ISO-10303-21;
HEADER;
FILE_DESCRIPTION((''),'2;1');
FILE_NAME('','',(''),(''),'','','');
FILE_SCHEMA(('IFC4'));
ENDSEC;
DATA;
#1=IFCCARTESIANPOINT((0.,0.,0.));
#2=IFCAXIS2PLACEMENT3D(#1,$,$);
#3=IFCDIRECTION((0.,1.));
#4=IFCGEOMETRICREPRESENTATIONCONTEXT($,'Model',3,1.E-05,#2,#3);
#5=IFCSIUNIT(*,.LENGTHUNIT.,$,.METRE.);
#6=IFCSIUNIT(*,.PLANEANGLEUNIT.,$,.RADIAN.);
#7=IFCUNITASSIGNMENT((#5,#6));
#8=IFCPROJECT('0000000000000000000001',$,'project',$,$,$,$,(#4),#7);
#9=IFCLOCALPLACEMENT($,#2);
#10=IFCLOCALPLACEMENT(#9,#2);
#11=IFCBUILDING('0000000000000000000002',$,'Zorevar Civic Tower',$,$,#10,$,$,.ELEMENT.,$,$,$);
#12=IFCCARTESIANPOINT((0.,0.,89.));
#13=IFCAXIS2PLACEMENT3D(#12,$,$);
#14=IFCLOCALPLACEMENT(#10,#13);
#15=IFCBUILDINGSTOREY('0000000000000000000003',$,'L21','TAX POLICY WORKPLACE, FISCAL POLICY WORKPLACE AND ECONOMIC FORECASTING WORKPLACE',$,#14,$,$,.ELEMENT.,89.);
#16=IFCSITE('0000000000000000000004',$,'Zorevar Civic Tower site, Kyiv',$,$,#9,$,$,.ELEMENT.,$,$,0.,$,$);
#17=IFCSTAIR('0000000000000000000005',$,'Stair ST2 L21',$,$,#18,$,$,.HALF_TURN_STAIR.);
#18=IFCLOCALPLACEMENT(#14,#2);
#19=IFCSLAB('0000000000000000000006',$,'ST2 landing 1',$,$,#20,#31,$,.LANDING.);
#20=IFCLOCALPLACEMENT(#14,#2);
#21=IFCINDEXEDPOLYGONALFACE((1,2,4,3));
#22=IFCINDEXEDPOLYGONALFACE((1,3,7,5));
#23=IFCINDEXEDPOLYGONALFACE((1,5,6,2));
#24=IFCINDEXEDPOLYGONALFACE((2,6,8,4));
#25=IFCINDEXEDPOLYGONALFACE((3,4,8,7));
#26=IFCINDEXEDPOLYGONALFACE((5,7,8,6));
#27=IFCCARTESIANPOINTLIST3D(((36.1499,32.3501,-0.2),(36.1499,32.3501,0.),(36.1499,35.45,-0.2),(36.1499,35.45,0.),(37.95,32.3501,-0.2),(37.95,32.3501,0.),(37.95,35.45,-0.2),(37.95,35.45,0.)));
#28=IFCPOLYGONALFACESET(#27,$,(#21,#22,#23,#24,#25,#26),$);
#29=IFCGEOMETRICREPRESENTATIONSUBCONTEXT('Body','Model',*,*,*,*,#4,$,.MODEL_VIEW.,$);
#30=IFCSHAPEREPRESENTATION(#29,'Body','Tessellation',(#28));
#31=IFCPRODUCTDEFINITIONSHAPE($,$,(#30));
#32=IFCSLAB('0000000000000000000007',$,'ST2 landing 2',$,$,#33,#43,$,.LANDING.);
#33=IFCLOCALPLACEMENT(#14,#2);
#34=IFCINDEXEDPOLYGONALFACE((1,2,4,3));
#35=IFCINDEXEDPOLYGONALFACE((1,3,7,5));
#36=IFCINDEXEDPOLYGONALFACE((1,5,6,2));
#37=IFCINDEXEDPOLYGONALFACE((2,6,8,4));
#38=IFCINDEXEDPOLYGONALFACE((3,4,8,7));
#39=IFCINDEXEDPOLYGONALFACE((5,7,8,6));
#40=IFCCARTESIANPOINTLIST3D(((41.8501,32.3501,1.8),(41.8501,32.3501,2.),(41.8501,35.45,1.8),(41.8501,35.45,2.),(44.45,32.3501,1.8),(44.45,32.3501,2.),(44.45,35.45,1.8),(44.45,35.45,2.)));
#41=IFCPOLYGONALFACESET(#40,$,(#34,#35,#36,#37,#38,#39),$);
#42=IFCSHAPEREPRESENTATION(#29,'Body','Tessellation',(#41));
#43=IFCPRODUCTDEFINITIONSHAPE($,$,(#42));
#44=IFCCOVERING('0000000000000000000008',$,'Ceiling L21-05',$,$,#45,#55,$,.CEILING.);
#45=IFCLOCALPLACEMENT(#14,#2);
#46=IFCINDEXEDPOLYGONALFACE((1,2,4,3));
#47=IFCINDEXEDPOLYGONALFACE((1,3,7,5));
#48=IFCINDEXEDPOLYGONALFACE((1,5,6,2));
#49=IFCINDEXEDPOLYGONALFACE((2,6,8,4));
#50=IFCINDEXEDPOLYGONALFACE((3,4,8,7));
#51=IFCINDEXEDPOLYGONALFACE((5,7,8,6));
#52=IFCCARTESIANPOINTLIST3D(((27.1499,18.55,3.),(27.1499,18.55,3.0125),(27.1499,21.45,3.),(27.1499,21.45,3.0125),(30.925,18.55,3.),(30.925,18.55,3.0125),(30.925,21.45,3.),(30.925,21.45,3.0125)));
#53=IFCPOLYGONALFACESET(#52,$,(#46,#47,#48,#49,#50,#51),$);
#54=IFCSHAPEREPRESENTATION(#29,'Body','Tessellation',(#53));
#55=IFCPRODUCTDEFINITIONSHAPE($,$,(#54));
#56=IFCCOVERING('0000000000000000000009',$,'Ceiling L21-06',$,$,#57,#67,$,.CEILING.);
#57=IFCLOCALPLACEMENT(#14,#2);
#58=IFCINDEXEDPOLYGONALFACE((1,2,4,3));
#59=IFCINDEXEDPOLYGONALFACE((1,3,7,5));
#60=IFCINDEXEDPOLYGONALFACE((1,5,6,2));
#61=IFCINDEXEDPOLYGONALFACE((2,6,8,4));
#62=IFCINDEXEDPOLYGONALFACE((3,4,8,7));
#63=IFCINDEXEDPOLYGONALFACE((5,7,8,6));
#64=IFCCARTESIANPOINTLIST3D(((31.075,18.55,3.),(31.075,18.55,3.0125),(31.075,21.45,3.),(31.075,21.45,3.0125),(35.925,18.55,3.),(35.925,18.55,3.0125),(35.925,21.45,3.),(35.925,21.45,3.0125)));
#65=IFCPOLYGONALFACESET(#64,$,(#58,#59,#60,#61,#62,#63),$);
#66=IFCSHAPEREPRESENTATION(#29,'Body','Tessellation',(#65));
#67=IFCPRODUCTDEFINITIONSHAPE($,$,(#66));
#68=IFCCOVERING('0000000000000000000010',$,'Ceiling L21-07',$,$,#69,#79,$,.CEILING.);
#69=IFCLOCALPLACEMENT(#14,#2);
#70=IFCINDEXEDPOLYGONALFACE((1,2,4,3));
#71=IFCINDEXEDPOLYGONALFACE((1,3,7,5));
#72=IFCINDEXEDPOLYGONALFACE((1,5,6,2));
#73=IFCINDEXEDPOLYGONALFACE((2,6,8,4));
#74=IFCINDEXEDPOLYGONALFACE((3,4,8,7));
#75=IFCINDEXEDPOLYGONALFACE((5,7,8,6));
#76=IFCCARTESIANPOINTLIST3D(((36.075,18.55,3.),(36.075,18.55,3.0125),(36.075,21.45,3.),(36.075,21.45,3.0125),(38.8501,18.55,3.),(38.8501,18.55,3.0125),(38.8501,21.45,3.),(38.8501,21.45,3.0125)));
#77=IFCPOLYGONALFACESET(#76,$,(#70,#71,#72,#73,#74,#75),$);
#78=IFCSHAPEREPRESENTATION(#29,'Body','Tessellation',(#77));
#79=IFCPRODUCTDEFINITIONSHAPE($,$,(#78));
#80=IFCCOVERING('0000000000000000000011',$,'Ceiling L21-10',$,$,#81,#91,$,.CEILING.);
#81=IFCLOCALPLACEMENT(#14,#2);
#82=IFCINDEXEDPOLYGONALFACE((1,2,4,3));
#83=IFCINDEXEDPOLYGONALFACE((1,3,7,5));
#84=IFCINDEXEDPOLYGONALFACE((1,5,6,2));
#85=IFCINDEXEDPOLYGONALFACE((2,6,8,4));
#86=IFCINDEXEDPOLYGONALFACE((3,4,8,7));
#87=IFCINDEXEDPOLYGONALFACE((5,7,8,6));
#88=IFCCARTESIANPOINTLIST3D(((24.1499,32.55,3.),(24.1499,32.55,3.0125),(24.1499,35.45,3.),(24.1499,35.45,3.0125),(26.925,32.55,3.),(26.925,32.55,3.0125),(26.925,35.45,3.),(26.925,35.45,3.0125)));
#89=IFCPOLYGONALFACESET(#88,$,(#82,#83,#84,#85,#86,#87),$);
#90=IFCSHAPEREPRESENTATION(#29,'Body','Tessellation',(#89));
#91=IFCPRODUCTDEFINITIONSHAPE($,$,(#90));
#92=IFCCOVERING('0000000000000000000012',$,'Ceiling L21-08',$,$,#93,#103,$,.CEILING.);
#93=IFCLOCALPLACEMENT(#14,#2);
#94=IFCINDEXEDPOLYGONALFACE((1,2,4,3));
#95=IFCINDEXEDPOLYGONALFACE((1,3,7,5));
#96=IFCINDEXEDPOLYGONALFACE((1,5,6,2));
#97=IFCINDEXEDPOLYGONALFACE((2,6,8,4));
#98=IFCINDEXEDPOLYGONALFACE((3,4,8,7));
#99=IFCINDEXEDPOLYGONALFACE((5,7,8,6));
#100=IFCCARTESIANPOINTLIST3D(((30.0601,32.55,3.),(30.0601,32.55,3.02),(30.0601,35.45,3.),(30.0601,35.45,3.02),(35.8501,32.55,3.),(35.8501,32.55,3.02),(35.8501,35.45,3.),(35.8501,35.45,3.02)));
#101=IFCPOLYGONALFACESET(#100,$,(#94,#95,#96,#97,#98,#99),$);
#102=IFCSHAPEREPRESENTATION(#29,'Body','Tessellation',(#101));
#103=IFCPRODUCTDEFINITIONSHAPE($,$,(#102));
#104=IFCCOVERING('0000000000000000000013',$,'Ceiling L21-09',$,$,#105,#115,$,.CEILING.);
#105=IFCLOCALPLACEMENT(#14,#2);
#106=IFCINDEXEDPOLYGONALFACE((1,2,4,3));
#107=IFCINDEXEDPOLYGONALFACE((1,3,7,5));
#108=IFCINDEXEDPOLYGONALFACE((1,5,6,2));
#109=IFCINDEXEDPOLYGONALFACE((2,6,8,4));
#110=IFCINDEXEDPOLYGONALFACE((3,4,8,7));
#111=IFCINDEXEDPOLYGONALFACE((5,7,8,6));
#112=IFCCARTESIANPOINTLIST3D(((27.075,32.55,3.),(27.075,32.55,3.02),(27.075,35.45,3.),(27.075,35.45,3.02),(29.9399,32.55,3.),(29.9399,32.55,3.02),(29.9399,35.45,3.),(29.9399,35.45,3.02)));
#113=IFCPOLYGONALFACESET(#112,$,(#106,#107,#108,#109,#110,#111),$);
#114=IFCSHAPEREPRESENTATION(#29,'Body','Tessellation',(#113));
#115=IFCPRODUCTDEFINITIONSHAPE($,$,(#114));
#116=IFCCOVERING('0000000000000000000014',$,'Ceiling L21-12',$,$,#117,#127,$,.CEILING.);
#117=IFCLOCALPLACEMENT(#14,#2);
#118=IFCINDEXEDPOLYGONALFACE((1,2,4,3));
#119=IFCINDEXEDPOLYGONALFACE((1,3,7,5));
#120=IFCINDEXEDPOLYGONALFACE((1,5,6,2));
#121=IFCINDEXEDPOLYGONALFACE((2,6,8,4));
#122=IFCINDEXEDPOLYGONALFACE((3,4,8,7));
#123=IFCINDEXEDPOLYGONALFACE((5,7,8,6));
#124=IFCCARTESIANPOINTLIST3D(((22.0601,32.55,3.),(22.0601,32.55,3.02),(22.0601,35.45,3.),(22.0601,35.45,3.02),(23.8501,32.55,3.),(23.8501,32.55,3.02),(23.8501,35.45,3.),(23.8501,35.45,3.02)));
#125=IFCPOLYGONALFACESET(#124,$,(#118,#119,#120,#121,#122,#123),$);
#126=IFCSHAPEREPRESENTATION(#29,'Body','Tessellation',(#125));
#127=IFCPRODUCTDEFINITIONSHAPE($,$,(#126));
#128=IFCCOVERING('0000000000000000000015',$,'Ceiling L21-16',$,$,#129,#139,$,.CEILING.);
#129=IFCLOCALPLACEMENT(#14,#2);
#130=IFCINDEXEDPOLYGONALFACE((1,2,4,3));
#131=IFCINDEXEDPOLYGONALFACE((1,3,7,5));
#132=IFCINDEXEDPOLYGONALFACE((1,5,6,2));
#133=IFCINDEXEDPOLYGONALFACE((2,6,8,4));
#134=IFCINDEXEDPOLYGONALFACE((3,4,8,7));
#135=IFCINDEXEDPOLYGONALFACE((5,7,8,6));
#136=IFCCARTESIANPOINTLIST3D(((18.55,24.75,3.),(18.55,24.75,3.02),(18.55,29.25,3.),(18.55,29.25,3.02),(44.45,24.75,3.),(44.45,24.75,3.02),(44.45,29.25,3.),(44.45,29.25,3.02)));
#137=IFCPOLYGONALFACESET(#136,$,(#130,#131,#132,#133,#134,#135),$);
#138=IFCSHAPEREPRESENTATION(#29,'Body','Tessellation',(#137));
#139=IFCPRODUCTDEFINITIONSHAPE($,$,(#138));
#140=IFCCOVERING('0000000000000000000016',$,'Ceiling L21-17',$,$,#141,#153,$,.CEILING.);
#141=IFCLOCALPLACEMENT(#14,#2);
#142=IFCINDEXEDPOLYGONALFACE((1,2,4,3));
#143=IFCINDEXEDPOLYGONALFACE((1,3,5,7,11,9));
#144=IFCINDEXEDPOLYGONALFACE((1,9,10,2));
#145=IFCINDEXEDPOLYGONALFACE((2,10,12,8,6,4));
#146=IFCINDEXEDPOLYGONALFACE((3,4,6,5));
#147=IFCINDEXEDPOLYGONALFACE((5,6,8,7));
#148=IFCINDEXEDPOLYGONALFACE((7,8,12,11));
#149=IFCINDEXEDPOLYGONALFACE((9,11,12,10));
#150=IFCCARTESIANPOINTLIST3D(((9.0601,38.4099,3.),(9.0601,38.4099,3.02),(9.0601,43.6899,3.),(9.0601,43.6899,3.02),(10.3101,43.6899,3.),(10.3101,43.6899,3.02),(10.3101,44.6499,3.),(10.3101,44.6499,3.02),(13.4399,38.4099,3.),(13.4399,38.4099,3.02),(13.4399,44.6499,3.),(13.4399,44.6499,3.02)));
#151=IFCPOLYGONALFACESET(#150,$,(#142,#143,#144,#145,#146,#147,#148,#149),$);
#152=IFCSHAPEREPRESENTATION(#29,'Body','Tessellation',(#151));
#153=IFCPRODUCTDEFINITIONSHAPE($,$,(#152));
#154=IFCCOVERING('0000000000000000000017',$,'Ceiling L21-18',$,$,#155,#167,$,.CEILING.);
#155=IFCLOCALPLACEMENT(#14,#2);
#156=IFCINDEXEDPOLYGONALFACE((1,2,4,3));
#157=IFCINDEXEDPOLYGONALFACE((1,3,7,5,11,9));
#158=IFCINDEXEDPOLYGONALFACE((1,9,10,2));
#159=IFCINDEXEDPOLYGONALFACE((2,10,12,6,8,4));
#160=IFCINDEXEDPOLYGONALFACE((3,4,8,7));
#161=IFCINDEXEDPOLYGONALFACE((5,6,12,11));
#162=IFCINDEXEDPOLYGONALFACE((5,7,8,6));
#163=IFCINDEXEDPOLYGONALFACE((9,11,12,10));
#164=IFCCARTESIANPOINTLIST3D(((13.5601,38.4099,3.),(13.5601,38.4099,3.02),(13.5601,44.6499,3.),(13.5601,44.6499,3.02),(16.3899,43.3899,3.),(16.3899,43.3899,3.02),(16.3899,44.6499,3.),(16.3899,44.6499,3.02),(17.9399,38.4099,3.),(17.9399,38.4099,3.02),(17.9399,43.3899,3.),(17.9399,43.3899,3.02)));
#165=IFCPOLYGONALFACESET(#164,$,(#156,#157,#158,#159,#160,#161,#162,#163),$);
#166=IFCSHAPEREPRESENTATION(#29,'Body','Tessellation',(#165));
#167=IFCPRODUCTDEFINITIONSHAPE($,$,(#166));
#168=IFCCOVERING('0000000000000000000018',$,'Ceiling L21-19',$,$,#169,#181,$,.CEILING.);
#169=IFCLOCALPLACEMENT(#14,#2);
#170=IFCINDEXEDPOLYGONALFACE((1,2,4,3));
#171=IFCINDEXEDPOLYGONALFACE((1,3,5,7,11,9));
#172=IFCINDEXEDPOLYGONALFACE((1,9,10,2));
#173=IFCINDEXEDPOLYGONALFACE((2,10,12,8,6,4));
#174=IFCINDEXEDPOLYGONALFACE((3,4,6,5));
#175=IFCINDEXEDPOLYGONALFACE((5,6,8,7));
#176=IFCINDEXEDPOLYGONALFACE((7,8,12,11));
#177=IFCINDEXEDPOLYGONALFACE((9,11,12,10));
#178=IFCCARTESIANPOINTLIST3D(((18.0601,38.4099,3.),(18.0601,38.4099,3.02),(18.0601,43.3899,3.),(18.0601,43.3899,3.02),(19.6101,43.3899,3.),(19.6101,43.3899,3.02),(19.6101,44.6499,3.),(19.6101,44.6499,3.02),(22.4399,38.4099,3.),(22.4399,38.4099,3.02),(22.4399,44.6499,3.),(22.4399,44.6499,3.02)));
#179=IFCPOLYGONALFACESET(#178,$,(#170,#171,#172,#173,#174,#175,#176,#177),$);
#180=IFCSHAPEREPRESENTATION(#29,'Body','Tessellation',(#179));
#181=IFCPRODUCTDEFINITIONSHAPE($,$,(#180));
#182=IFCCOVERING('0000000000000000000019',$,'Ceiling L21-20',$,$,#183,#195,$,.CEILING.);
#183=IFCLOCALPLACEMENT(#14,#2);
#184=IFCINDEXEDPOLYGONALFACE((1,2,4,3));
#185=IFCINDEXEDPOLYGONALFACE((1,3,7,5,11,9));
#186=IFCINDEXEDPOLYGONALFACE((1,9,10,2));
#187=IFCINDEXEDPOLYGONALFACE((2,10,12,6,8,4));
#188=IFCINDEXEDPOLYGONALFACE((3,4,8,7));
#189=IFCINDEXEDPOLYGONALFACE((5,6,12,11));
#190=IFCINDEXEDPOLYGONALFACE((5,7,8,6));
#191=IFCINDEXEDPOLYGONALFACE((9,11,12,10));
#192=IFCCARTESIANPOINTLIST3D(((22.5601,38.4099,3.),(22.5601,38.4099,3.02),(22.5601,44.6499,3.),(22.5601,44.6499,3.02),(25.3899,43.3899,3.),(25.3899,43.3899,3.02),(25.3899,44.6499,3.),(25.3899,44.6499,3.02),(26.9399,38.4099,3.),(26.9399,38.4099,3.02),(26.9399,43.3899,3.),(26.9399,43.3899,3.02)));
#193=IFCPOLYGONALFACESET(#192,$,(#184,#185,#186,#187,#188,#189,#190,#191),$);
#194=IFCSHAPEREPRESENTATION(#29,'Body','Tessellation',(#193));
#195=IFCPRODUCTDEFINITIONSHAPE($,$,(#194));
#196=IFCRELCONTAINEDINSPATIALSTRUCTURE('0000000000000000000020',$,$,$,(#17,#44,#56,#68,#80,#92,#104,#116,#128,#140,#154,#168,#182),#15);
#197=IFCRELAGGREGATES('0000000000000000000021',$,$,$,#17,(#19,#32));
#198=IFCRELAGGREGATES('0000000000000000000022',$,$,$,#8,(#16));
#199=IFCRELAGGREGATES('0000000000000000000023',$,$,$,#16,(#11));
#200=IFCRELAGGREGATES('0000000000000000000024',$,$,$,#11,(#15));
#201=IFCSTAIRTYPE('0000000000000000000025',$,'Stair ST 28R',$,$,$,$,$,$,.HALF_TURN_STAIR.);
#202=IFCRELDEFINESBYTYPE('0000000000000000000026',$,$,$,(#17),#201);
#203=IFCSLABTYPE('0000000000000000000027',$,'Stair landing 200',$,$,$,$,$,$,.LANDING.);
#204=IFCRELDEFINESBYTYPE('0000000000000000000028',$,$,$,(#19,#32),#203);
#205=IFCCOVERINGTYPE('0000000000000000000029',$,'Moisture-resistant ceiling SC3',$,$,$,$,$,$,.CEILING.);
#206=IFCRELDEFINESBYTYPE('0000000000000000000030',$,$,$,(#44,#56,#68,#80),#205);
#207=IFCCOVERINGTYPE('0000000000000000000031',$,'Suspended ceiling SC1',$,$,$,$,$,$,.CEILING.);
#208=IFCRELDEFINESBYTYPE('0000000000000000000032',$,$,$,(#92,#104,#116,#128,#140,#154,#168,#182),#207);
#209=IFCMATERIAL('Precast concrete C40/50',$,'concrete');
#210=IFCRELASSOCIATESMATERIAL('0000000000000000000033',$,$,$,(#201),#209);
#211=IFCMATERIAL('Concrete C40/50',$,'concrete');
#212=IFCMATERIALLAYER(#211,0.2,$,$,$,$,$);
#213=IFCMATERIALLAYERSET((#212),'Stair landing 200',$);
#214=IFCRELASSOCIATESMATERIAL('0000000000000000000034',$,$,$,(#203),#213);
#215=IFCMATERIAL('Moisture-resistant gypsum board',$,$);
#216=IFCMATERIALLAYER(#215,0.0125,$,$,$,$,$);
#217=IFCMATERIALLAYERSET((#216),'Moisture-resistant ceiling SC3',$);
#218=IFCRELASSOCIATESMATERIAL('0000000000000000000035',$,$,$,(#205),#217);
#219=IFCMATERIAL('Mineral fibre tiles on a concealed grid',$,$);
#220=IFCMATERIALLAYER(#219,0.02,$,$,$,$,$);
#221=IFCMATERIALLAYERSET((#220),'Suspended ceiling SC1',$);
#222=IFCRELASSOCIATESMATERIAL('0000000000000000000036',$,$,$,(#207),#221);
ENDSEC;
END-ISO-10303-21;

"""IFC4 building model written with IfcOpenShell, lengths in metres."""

from ifc_helpers import new_model, si_unit, direction, frame, origin, place, context, subcontext, project, spatial, polyline, outline, extrude, material, layer, layer_set, type_object, element, aggregate, save


model = new_model("IFC4")

# Units and contexts
model_context = context("Model", 3, precision=1e-05, world=origin(), true_north=direction((0.0, 1.0)))
body_context = subcontext(model_context, "Body", "Model", "MODEL_VIEW")
ifc_project = project(units=[si_unit("LENGTHUNIT", "METRE"), si_unit("PLANEANGLEUNIT", "RADIAN")], contexts=[model_context])

# Site, building, storey
site_placement = place(None, origin())
site = spatial("IfcSite", under=ifc_project, at=site_placement, Name="Zorevar Civic Tower site, Kyiv", CompositionType="ELEMENT", RefElevation=0.0)
building_placement = place(site_placement, origin())
building = spatial("IfcBuilding", under=site, at=building_placement, Name="Zorevar Civic Tower", CompositionType="ELEMENT")
storey_placement = place(building_placement, frame((0.0, 0.0, 89.0)))
storey = spatial("IfcBuildingStorey", under=building, at=storey_placement, Name="L21", Description="TAX POLICY WORKPLACE, FISCAL POLICY WORKPLACE AND ECONOMIC FORECASTING WORKPLACE", CompositionType="ELEMENT", Elevation=89.0)

# Stair, slabs
ifc_material_1 = material(Name="Precast concrete C40/50", Category="concrete")
stair_type = type_object("IfcStairType", Name="Stair ST 28R", PredefinedType="HALF_TURN_STAIR", material=ifc_material_1)
ifc_material_2 = material(Name="Concrete C40/50", Category="concrete")
ifc_layer_1 = layer(ifc_material_2, 0.2)
ifc_layer_set_1 = layer_set([ifc_layer_1], Name="Stair landing 200")
slab_type_1 = type_object("IfcSlabType", Name="Stair landing 200", PredefinedType="LANDING", material=ifc_layer_set_1)
stair_1_placement = place(storey_placement, origin())
stair_1 = element("IfcStair", 1, at=stair_1_placement, inside=storey, type_object=stair_type, Name="Stair ST2 L21", PredefinedType="HALF_TURN_STAIR")
slab_1_placement = place(storey_placement, frame((0.0, 0.0, -0.2)))
slab_1 = element("IfcSlab", 2, at=slab_1_placement, type_object=slab_type_1, Name="ST2 landing 1", PredefinedType="LANDING", context=body_context, shape_type="SweptSolid", body=[
    extrude(outline(polyline([(37.95, 32.3501), (36.1499, 32.3501), (36.1499, 35.45), (37.95, 35.45), (37.95, 32.3501)])), origin(), (0.0, 0.0, 1.0), 0.2),
])
slab_2_placement = place(storey_placement, frame((0.0, 0.0, 1.8)))
slab_2 = element("IfcSlab", 3, at=slab_2_placement, type_object=slab_type_1, Name="ST2 landing 2", PredefinedType="LANDING", context=body_context, shape_type="SweptSolid", body=[
    extrude(outline(polyline([(44.45, 32.3501), (41.8501, 32.3501), (41.8501, 35.45), (44.45, 35.45), (44.45, 32.3501)])), origin(), (0.0, 0.0, 1.0), 0.2),
])
aggregate(stair_1, [slab_1, slab_2])

# Coverings
ifc_material_3 = material(Name="Moisture-resistant gypsum board")
ifc_layer_2 = layer(ifc_material_3, 0.0125)
ifc_layer_set_2 = layer_set([ifc_layer_2], Name="Moisture-resistant ceiling SC3")
covering_type_1 = type_object("IfcCoveringType", Name="Moisture-resistant ceiling SC3", PredefinedType="CEILING", material=ifc_layer_set_2)
covering_1_placement = place(storey_placement, frame((0.0, 0.0, 3.0)))
element("IfcCovering", 4, at=covering_1_placement, inside=storey, type_object=covering_type_1, Name="Ceiling L21-05", PredefinedType="CEILING", context=body_context, shape_type="SweptSolid", body=[
    extrude(outline(polyline([(30.925, 18.55), (30.925, 21.45), (27.1499, 21.45), (27.1499, 18.55), (30.925, 18.55)])), origin(), (0.0, 0.0, 1.0), 0.0125),
])
covering_2_placement = place(storey_placement, frame((0.0, 0.0, 3.0)))
element("IfcCovering", 5, at=covering_2_placement, inside=storey, type_object=covering_type_1, Name="Ceiling L21-06", PredefinedType="CEILING", context=body_context, shape_type="SweptSolid", body=[
    extrude(outline(polyline([(35.925, 18.55), (35.925, 21.45), (31.075, 21.45), (31.075, 18.55), (35.925, 18.55)])), origin(), (0.0, 0.0, 1.0), 0.0125),
])
covering_3_placement = place(storey_placement, frame((0.0, 0.0, 3.0)))
element("IfcCovering", 6, at=covering_3_placement, inside=storey, type_object=covering_type_1, Name="Ceiling L21-07", PredefinedType="CEILING", context=body_context, shape_type="SweptSolid", body=[
    extrude(outline(polyline([(38.8501, 18.55), (38.8501, 21.45), (36.075, 21.45), (36.075, 18.55), (38.8501, 18.55)])), origin(), (0.0, 0.0, 1.0), 0.0125),
])
covering_4_placement = place(storey_placement, frame((0.0, 0.0, 3.0)))
element("IfcCovering", 7, at=covering_4_placement, inside=storey, type_object=covering_type_1, Name="Ceiling L21-10", PredefinedType="CEILING", context=body_context, shape_type="SweptSolid", body=[
    extrude(outline(polyline([(26.925, 32.55), (26.925, 35.45), (24.1499, 35.45), (24.1499, 32.55), (26.925, 32.55)])), origin(), (0.0, 0.0, 1.0), 0.0125),
])
ifc_material_4 = material(Name="Mineral fibre tiles on a concealed grid")
ifc_layer_3 = layer(ifc_material_4, 0.02)
ifc_layer_set_3 = layer_set([ifc_layer_3], Name="Suspended ceiling SC1")
covering_type_2 = type_object("IfcCoveringType", Name="Suspended ceiling SC1", PredefinedType="CEILING", material=ifc_layer_set_3)
covering_5_placement = place(storey_placement, frame((0.0, 0.0, 3.0)))
element("IfcCovering", 8, at=covering_5_placement, inside=storey, type_object=covering_type_2, Name="Ceiling L21-08", PredefinedType="CEILING", context=body_context, shape_type="SweptSolid", body=[
    extrude(outline(polyline([(35.8501, 32.55), (35.8501, 35.45), (30.0601, 35.45), (30.0601, 32.55), (35.8501, 32.55)])), origin(), (0.0, 0.0, 1.0), 0.02),
])
covering_6_placement = place(storey_placement, frame((0.0, 0.0, 3.0)))
element("IfcCovering", 9, at=covering_6_placement, inside=storey, type_object=covering_type_2, Name="Ceiling L21-09", PredefinedType="CEILING", context=body_context, shape_type="SweptSolid", body=[
    extrude(outline(polyline([(29.9399, 32.55), (29.9399, 35.45), (27.075, 35.45), (27.075, 32.55), (29.9399, 32.55)])), origin(), (0.0, 0.0, 1.0), 0.02),
])
covering_7_placement = place(storey_placement, frame((0.0, 0.0, 3.0)))
element("IfcCovering", 10, at=covering_7_placement, inside=storey, type_object=covering_type_2, Name="Ceiling L21-12", PredefinedType="CEILING", context=body_context, shape_type="SweptSolid", body=[
    extrude(outline(polyline([(23.8501, 32.55), (23.8501, 35.45), (22.0601, 35.45), (22.0601, 32.55), (23.8501, 32.55)])), origin(), (0.0, 0.0, 1.0), 0.02),
])
covering_8_placement = place(storey_placement, frame((0.0, 0.0, 3.0)))
element("IfcCovering", 11, at=covering_8_placement, inside=storey, type_object=covering_type_2, Name="Ceiling L21-16", PredefinedType="CEILING", context=body_context, shape_type="SweptSolid", body=[
    extrude(outline(polyline([(44.45, 24.75), (44.45, 29.25), (18.55, 29.25), (18.55, 24.75), (44.45, 24.75)])), origin(), (0.0, 0.0, 1.0), 0.02),
])
covering_9_placement = place(storey_placement, frame((0.0, 0.0, 3.0)))
element("IfcCovering", 12, at=covering_9_placement, inside=storey, type_object=covering_type_2, Name="Ceiling L21-17", PredefinedType="CEILING", context=body_context, shape_type="SweptSolid", body=[
    extrude(outline(polyline([(9.0601, 38.4099), (9.0601, 43.6899), (10.3101, 43.6899), (10.3101, 44.6499), (13.4399, 44.6499), (13.4399, 38.4099), (9.0601, 38.4099)])), origin(), (0.0, 0.0, 1.0), 0.02),
])
covering_10_placement = place(storey_placement, frame((0.0, 0.0, 3.0)))
element("IfcCovering", 13, at=covering_10_placement, inside=storey, type_object=covering_type_2, Name="Ceiling L21-18", PredefinedType="CEILING", context=body_context, shape_type="SweptSolid", body=[
    extrude(outline(polyline([(13.5601, 38.4099), (13.5601, 44.6499), (16.3899, 44.6499), (16.3899, 43.3899), (17.9399, 43.3899), (17.9399, 38.4099), (13.5601, 38.4099)])), origin(), (0.0, 0.0, 1.0), 0.02),
])
covering_11_placement = place(storey_placement, frame((0.0, 0.0, 3.0)))
element("IfcCovering", 14, at=covering_11_placement, inside=storey, type_object=covering_type_2, Name="Ceiling L21-19", PredefinedType="CEILING", context=body_context, shape_type="SweptSolid", body=[
    extrude(outline(polyline([(18.0601, 38.4099), (18.0601, 43.3899), (19.6101, 43.3899), (19.6101, 44.6499), (22.4399, 44.6499), (22.4399, 38.4099), (18.0601, 38.4099)])), origin(), (0.0, 0.0, 1.0), 0.02),
])
covering_12_placement = place(storey_placement, frame((0.0, 0.0, 3.0)))
element("IfcCovering", 15, at=covering_12_placement, inside=storey, type_object=covering_type_2, Name="Ceiling L21-20", PredefinedType="CEILING", context=body_context, shape_type="SweptSolid", body=[
    extrude(outline(polyline([(22.5601, 38.4099), (22.5601, 44.6499), (25.3899, 44.6499), (25.3899, 43.3899), (26.9399, 43.3899), (26.9399, 38.4099), (22.5601, 38.4099)])), origin(), (0.0, 0.0, 1.0), 0.02),
])

save(model, "model.ifc")
